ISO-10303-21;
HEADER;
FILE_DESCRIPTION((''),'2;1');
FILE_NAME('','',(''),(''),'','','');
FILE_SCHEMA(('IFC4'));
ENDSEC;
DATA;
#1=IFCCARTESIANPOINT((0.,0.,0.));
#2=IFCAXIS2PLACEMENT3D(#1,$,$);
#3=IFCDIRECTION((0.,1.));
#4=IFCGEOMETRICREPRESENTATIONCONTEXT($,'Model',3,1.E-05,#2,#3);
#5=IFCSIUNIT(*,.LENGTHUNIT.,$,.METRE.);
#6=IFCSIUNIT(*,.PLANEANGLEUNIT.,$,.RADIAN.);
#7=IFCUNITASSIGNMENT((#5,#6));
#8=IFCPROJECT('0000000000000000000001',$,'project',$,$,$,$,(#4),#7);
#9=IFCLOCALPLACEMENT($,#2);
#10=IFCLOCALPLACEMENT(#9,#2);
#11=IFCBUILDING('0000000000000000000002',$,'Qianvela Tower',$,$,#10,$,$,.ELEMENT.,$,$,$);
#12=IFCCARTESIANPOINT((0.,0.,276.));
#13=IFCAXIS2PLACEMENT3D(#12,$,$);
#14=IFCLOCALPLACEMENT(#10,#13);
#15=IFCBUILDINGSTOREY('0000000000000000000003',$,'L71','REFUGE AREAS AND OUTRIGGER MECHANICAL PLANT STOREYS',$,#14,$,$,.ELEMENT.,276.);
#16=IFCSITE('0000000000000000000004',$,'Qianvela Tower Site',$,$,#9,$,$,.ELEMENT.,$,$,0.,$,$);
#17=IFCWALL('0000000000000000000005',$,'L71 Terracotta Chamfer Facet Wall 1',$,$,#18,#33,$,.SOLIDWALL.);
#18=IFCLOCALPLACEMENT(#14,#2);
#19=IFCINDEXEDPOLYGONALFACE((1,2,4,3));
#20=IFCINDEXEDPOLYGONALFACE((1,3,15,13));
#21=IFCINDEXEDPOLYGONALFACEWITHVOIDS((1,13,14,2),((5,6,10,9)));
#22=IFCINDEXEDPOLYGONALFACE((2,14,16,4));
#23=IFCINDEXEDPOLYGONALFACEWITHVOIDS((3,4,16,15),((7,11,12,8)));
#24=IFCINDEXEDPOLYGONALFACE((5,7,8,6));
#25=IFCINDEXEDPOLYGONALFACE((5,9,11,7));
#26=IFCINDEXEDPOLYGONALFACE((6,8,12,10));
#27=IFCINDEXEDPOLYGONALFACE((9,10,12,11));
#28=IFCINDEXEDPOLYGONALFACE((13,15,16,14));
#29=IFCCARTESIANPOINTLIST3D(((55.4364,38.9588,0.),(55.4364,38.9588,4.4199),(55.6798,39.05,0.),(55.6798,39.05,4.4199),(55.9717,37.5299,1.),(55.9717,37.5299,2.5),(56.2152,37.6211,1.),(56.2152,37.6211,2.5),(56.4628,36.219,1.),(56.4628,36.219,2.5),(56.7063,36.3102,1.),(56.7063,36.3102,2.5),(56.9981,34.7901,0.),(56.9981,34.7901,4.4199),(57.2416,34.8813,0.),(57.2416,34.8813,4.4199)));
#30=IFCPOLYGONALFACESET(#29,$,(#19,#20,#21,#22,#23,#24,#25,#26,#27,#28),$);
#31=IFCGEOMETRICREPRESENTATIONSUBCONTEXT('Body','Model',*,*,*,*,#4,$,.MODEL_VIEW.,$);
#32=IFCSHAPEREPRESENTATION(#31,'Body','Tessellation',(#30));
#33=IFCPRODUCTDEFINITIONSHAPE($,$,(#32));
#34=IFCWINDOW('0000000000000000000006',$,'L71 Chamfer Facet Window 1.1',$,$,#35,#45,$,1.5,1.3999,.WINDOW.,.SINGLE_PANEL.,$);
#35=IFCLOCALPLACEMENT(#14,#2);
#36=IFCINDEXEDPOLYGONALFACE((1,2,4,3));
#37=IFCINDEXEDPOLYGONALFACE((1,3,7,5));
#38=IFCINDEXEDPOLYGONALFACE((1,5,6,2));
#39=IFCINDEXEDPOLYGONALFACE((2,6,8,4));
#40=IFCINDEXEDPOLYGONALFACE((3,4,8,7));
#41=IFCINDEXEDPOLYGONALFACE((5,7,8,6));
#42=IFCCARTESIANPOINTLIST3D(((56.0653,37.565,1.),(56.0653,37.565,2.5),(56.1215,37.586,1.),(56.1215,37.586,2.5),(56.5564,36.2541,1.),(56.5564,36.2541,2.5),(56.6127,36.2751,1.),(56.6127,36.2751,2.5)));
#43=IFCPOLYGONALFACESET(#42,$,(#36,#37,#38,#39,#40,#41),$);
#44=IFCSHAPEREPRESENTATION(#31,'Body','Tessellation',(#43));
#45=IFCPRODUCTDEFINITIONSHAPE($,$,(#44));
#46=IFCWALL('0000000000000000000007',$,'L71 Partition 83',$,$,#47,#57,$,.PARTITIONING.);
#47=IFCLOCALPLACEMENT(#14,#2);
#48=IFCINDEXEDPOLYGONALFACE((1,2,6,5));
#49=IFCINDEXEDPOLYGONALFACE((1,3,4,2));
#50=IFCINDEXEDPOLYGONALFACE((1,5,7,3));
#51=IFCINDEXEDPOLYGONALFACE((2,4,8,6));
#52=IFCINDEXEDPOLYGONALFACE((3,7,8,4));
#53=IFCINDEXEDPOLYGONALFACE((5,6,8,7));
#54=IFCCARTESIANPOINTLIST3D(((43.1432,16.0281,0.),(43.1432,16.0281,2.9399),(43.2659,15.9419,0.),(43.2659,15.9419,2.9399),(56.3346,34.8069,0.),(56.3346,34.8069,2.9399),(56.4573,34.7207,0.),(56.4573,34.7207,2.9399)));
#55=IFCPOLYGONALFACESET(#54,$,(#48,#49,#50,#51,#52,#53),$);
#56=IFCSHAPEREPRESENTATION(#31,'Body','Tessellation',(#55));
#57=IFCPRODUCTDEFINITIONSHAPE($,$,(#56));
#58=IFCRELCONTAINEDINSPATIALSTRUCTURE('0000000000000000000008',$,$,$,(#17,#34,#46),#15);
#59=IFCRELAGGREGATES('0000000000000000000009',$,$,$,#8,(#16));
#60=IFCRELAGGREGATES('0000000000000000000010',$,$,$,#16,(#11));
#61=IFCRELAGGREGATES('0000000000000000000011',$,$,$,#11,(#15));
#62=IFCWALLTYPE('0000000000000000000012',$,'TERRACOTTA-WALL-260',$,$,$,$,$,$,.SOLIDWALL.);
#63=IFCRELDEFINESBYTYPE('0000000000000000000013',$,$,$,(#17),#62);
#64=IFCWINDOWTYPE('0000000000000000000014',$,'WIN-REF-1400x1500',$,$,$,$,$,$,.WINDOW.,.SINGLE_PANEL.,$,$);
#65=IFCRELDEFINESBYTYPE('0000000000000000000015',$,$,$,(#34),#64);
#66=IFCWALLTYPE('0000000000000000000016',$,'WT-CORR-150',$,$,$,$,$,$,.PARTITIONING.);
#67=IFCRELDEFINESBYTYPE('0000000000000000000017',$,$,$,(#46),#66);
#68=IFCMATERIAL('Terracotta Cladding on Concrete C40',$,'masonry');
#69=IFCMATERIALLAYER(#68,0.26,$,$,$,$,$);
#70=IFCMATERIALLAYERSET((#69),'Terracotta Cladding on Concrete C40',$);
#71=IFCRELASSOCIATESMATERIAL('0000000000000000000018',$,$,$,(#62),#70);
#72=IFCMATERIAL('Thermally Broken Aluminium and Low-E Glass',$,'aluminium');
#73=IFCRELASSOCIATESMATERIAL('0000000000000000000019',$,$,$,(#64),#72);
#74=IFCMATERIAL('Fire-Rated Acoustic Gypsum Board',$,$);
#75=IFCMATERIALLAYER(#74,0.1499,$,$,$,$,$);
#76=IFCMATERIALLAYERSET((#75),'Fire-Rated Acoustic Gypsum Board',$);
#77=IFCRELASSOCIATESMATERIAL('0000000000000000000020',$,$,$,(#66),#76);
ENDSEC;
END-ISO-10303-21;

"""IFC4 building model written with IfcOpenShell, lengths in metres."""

from ifc_helpers import new_model, si_unit, direction, frame, frame_2d, origin, place, context, subcontext, project, spatial, rectangle, extrude, material, layer, layer_set, type_object, element, fill, save


model = new_model("IFC4")

# Units and contexts
model_context = context("Model", 3, precision=1e-05, world=origin(), true_north=direction((0.0, 1.0)))
body_context = subcontext(model_context, "Body", "Model", "MODEL_VIEW")
ifc_project = project(units=[si_unit("LENGTHUNIT", "METRE"), si_unit("PLANEANGLEUNIT", "RADIAN")], contexts=[model_context])

# Site, building, storey
site_placement = place(None, origin())
site = spatial("IfcSite", under=ifc_project, at=site_placement, Name="Qianvela Tower Site", CompositionType="ELEMENT", RefElevation=0.0)
building_placement = place(site_placement, origin())
building = spatial("IfcBuilding", under=site, at=building_placement, Name="Qianvela Tower", CompositionType="ELEMENT")
storey_placement = place(building_placement, frame((0.0, 0.0, 276.0)))
storey = spatial("IfcBuildingStorey", under=building, at=storey_placement, Name="L71", Description="REFUGE AREAS AND OUTRIGGER MECHANICAL PLANT STOREYS", CompositionType="ELEMENT", Elevation=276.0)

# Wall, opening, window
ifc_material_1 = material(Name="Terracotta Cladding on Concrete C40", Category="masonry")
ifc_layer_1 = layer(ifc_material_1, 0.26)
ifc_layer_set_1 = layer_set([ifc_layer_1], Name="Terracotta Cladding on Concrete C40")
wall_type_1 = type_object("IfcWallType", Name="TERRACOTTA-WALL-260", PredefinedType="SOLIDWALL", material=ifc_layer_set_1)
wall_1_placement = place(storey_placement, frame((57.1199, 34.8357, 0.0), z_axis=(0.0, 0.0, 1.0), x_axis=(-0.350829, 0.93644, 0.0)))
wall_1 = element("IfcWall", 1, at=wall_1_placement, inside=storey, type_object=wall_type_1, Name="L71 Terracotta Chamfer Facet Wall 1", PredefinedType="SOLIDWALL", context=body_context, shape_type="SweptSolid", body=[
    extrude(rectangle(XDim=4.4517, YDim=0.26, at=frame_2d((2.2258, 0.0))), origin(), (0.0, 0.0, 1.0), 4.4199),
])
opening_placement = place(wall_1_placement, frame((1.5259, 0.0, 1.0)))
opening = element("IfcOpeningElement", 2, at=opening_placement, cuts=wall_1, PredefinedType="OPENING", context=body_context, shape_type="SweptSolid", body=[
    extrude(rectangle(XDim=1.3999, YDim=1.5, at=frame_2d((0.7, 0.75))), frame((0.0, 0.1399, 0.0), z_axis=(0.0, -1.0, 0.0), x_axis=(1.0, 0.0, 0.0)), (0.0, 0.0, 1.0), 0.28),
])
ifc_material_2 = material(Name="Thermally Broken Aluminium and Low-E Glass", Category="aluminium")
window_type = type_object("IfcWindowType", Name="WIN-REF-1400x1500", PartitioningType="SINGLE_PANEL", PredefinedType="WINDOW", material=ifc_material_2)
window_placement = place(opening_placement, origin())
window = element("IfcWindow", 3, at=window_placement, inside=storey, type_object=window_type, Name="L71 Chamfer Facet Window 1.1", OverallHeight=1.5, OverallWidth=1.3999, PartitioningType="SINGLE_PANEL", PredefinedType="WINDOW", context=body_context, shape_type="SweptSolid", body=[
    extrude(rectangle(XDim=1.3999, YDim=1.5, at=frame_2d((0.7, 0.75))), frame((0.0, 0.03, 0.0), z_axis=(0.0, -1.0, 0.0), x_axis=(1.0, 0.0, 0.0)), (0.0, 0.0, 1.0), 0.0601),
])
fill(opening, window)

# Wall
ifc_material_3 = material(Name="Fire-Rated Acoustic Gypsum Board")
ifc_layer_2 = layer(ifc_material_3, 0.1499)
ifc_layer_set_2 = layer_set([ifc_layer_2], Name="Fire-Rated Acoustic Gypsum Board")
wall_type_2 = type_object("IfcWallType", Name="WT-CORR-150", PredefinedType="PARTITIONING", material=ifc_layer_set_2)
wall_2_placement = place(storey_placement, frame((56.396, 34.7639, 0.0), z_axis=(0.0, 0.0, 1.0), x_axis=(-0.574814, -0.818284, 0.0)))
element("IfcWall", 4, at=wall_2_placement, inside=storey, type_object=wall_type_2, Name="L71 Partition 83", PredefinedType="PARTITIONING", context=body_context, shape_type="SweptSolid", body=[
    extrude(rectangle(XDim=22.949, YDim=0.1499, at=frame_2d((11.4746, 0.0))), origin(), (0.0, 0.0, 1.0), 2.9399),
])

save(model, "model.ifc")
